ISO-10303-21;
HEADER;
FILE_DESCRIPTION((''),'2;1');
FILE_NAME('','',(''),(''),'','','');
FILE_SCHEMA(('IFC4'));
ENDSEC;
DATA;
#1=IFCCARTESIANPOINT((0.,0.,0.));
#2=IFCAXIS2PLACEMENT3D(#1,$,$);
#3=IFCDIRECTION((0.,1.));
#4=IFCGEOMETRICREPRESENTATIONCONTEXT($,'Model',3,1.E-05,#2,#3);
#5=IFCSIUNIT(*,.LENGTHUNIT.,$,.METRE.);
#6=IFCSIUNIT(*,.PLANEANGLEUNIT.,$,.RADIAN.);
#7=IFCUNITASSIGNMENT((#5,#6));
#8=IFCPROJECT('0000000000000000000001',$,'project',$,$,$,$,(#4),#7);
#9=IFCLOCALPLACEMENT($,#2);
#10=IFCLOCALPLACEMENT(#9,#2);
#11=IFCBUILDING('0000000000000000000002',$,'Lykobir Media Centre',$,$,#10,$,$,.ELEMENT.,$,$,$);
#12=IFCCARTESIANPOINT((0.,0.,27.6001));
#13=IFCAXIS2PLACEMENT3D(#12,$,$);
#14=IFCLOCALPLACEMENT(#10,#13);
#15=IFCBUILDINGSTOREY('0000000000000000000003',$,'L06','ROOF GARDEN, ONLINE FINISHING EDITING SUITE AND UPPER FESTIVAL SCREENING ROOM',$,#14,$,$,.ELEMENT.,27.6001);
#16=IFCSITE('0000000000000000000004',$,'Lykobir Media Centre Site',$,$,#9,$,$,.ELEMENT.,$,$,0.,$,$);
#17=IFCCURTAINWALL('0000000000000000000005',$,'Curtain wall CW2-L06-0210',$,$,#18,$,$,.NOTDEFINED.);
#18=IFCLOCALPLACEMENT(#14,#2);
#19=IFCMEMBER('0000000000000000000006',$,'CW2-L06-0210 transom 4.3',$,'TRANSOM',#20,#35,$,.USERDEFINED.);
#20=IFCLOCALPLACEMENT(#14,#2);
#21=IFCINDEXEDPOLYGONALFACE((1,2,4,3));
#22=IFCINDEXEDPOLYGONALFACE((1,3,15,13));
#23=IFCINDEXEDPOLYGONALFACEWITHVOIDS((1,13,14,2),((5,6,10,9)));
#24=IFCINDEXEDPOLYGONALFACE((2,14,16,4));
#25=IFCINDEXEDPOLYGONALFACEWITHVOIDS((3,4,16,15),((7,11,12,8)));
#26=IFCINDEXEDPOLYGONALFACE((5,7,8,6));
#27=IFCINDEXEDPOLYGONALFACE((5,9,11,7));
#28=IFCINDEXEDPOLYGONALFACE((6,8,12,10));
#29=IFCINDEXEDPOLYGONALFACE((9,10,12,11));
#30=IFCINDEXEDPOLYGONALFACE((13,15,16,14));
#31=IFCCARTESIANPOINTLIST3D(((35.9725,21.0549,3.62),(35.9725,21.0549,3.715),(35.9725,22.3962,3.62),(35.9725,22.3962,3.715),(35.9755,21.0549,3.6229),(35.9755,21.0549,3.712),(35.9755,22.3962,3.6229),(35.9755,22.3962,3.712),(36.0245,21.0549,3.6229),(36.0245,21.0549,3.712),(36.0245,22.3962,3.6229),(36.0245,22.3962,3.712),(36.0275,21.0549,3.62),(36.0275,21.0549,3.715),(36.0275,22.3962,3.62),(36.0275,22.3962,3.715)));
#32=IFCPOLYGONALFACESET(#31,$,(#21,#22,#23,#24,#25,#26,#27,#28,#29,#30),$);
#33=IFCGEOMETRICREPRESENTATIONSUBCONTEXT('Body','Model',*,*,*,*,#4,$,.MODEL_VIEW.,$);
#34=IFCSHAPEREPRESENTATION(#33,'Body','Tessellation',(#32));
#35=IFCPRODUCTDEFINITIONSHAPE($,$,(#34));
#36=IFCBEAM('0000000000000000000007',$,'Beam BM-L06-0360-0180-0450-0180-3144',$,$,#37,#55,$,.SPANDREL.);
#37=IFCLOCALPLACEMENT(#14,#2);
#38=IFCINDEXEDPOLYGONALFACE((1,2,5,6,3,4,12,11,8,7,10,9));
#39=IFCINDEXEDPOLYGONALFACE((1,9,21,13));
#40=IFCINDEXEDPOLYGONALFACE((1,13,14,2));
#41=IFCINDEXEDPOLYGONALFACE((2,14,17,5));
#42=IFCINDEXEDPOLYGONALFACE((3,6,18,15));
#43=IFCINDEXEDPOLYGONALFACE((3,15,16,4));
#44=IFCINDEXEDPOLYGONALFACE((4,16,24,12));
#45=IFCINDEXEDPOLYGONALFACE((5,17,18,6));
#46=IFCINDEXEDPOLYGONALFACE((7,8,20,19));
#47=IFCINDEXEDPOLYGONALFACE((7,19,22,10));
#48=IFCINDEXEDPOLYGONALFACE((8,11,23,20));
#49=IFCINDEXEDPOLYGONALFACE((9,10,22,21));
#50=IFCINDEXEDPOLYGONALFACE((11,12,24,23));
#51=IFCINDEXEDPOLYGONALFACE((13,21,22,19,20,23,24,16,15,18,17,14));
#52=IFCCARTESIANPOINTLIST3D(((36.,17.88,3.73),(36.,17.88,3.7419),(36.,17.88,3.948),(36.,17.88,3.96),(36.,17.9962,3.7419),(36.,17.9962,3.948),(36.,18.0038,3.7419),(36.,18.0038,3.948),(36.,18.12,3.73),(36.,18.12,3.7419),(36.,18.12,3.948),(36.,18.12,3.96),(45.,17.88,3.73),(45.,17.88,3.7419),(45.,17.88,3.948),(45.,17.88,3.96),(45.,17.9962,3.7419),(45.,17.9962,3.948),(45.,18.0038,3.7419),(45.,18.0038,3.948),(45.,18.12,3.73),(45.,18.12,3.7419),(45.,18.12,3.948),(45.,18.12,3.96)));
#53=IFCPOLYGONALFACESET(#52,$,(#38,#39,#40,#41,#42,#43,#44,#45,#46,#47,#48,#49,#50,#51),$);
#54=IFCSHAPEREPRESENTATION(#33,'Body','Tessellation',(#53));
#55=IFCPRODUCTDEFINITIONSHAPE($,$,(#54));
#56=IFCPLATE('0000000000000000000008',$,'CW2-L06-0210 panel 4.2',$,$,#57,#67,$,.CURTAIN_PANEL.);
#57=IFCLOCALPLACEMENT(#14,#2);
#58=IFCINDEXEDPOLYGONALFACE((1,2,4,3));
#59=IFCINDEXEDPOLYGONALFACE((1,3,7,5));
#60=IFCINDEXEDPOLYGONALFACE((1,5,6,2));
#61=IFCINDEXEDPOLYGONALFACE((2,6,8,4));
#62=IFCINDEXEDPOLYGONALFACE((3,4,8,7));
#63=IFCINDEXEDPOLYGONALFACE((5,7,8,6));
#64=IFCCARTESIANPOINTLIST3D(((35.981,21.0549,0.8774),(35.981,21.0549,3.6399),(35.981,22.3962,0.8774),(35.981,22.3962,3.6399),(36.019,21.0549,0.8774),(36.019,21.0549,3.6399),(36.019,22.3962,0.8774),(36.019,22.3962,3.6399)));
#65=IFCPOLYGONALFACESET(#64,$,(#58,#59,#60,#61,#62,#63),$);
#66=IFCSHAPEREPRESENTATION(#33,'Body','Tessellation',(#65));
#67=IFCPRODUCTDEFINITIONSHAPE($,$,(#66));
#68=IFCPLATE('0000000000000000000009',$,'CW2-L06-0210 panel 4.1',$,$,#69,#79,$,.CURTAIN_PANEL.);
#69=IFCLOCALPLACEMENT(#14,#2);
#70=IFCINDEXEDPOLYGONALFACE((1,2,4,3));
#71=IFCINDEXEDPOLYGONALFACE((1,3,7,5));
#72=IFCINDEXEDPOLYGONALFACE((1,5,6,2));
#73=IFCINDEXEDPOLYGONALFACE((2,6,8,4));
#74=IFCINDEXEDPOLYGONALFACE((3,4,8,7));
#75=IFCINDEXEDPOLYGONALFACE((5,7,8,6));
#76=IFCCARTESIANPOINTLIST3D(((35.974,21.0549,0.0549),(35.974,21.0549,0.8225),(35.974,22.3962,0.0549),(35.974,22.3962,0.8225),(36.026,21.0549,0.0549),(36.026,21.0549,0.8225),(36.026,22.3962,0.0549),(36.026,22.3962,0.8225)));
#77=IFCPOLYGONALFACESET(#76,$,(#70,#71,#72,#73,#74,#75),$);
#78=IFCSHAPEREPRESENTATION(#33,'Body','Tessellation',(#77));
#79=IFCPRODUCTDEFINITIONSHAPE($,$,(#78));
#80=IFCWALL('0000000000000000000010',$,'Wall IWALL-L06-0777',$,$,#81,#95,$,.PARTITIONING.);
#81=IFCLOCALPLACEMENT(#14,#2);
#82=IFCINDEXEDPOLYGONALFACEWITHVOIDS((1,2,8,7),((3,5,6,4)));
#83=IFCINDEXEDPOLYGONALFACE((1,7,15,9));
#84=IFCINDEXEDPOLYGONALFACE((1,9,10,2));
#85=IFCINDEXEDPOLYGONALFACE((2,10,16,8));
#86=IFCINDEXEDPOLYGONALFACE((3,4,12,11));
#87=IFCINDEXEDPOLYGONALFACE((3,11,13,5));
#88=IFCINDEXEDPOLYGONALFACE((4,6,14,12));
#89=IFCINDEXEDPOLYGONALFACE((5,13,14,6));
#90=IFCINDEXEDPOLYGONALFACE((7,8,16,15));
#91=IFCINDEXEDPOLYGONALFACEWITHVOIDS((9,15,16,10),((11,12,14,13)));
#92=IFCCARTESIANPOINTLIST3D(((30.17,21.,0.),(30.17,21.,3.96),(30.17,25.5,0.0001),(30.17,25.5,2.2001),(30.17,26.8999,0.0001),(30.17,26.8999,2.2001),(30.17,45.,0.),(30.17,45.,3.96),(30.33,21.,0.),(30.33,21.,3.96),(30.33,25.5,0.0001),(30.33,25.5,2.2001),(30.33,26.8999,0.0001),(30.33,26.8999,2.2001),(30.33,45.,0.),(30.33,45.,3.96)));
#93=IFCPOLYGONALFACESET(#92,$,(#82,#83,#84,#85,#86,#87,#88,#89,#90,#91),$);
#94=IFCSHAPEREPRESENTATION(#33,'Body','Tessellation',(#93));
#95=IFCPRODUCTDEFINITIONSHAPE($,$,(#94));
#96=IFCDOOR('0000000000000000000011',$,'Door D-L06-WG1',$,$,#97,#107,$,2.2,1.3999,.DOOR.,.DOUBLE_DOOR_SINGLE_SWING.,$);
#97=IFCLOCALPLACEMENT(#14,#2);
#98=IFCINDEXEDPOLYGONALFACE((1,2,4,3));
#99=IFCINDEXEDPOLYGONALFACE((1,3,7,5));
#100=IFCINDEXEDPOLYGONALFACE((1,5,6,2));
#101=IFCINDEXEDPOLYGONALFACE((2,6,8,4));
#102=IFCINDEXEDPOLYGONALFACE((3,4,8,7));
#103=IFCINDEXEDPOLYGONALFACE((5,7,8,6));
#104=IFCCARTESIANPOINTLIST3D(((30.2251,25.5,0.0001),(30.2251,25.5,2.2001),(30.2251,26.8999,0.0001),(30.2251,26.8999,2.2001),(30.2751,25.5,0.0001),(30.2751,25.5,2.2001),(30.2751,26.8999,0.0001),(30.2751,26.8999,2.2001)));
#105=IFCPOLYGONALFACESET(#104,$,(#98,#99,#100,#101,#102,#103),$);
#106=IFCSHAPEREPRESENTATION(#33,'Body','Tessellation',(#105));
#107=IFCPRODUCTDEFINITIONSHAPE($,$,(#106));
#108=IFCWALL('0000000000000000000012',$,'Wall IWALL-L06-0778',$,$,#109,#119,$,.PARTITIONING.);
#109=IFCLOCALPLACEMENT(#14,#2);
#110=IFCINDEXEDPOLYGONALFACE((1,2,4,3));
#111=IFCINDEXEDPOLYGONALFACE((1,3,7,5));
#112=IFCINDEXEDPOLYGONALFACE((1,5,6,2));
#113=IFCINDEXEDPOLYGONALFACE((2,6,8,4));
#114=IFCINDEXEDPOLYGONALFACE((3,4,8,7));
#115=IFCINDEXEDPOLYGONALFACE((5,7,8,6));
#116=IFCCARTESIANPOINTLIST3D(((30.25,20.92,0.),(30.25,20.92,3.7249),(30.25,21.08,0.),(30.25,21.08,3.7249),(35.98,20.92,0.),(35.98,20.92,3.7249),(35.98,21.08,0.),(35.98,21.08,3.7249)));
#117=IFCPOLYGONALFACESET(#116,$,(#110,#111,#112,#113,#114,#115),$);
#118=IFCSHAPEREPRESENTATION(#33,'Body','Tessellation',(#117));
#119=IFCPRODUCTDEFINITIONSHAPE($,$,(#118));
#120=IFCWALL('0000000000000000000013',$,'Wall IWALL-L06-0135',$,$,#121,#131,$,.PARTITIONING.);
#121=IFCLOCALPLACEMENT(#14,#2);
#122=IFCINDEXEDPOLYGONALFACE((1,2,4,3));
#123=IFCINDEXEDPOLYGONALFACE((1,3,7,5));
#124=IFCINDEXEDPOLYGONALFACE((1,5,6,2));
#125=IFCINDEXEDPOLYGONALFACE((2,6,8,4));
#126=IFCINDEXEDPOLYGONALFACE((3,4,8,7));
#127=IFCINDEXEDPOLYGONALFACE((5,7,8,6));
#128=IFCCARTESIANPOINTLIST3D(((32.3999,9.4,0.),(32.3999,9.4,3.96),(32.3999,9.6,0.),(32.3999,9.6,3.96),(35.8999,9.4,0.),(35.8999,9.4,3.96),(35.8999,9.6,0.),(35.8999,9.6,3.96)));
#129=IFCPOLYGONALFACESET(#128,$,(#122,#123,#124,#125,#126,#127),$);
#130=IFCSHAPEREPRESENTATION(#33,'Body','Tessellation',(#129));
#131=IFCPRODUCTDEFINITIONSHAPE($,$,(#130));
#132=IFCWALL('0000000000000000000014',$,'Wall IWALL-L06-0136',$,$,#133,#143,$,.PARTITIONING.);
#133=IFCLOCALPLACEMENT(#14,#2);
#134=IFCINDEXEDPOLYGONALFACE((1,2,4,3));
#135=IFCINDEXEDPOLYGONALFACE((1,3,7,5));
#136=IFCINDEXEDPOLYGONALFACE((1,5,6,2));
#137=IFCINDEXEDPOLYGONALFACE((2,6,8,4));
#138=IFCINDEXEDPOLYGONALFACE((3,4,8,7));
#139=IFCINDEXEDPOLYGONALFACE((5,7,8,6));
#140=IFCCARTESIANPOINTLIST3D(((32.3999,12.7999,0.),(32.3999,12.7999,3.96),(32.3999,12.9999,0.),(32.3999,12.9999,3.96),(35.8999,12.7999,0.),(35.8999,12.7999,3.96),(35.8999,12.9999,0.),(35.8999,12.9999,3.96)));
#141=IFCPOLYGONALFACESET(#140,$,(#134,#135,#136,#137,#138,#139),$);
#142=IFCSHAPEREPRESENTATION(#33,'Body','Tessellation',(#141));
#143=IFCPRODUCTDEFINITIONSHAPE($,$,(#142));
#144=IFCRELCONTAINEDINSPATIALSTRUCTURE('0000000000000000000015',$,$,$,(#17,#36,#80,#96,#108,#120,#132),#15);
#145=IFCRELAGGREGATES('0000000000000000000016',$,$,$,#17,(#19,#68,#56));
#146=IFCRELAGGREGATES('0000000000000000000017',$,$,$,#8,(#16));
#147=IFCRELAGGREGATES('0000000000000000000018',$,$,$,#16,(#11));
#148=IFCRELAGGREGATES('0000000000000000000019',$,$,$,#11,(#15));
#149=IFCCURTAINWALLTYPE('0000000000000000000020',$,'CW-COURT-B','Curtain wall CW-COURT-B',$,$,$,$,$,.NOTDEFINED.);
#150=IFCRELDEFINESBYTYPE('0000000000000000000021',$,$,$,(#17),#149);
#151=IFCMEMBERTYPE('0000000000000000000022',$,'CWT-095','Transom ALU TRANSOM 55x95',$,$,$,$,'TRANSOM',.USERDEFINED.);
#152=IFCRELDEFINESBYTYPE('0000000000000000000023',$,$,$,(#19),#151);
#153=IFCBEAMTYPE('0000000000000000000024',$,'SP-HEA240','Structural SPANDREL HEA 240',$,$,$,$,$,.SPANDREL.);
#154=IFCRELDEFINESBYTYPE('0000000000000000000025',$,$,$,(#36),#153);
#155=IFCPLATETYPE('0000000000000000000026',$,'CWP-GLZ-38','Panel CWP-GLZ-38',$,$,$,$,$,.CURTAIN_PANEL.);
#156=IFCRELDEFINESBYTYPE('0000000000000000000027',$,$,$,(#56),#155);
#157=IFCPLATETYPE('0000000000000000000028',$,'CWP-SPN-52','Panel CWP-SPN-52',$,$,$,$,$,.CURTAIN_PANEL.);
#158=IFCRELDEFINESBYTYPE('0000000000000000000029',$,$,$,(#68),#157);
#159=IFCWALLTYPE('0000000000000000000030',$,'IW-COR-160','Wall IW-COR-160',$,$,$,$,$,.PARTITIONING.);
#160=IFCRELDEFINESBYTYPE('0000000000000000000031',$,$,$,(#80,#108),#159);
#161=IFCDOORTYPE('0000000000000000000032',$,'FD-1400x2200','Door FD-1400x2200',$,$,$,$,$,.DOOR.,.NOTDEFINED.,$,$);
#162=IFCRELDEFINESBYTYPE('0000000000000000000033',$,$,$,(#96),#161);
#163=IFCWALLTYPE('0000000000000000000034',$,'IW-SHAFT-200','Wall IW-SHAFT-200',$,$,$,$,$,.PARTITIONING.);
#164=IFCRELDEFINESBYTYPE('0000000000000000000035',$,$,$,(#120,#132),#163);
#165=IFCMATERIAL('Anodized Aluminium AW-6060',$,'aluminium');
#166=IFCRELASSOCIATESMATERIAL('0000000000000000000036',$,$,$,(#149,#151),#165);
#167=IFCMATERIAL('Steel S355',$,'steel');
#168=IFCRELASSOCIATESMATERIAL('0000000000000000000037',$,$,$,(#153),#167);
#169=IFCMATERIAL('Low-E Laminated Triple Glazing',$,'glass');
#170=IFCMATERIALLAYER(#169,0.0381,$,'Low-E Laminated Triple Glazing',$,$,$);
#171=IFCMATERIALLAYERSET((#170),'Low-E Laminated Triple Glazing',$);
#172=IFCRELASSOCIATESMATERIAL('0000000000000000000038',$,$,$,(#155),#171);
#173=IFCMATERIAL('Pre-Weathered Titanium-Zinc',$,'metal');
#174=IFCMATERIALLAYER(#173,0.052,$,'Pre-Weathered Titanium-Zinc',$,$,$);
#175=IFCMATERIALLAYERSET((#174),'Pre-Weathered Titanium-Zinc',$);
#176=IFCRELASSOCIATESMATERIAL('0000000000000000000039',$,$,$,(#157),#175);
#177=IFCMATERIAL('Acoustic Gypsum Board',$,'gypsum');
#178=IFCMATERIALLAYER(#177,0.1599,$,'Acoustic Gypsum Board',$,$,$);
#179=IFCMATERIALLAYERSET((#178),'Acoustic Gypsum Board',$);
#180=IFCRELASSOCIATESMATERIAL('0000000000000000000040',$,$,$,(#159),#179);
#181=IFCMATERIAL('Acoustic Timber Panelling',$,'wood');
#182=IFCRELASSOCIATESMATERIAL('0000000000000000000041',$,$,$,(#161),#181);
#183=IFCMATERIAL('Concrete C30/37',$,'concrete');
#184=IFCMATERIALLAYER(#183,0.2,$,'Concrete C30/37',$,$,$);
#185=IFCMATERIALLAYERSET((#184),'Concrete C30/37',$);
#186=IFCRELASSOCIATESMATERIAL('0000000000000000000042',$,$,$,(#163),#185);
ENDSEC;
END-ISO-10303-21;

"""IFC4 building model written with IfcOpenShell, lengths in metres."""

from ifc_helpers import new_model, si_unit, direction, frame, frame_2d, origin, origin_2d, place, context, subcontext, project, spatial, rectangle, hollow_rectangle, i_section, extrude, material, layer, layer_set, material_profile, profile_set, type_object, element, fill, aggregate, save


model = new_model("IFC4")

# Units and contexts
model_context = context("Model", 3, precision=1e-05, world=origin(), true_north=direction((0.0, 1.0)))
body_context = subcontext(model_context, "Body", "Model", "MODEL_VIEW")
ifc_project = project(units=[si_unit("LENGTHUNIT", "METRE"), si_unit("PLANEANGLEUNIT", "RADIAN")], contexts=[model_context])

# Site, building, storey
site_placement = place(None, origin())
site = spatial("IfcSite", under=ifc_project, at=site_placement, Name="Lykobir Media Centre Site", CompositionType="ELEMENT", RefElevation=0.0)
building_placement = place(site_placement, origin())
building = spatial("IfcBuilding", under=site, at=building_placement, Name="Lykobir Media Centre", CompositionType="ELEMENT")
storey_placement = place(building_placement, frame((0.0, 0.0, 27.6001)))
storey = spatial("IfcBuildingStorey", under=building, at=storey_placement, Name="L06", Description="ROOF GARDEN, ONLINE FINISHING EDITING SUITE AND UPPER FESTIVAL SCREENING ROOM", CompositionType="ELEMENT", Elevation=27.6001)

# Shared definitions
ifc_material_1 = material(Name="Steel S355", Category="steel")

# Curtain wall, member
ifc_material_2 = material(Name="Anodized Aluminium AW-6060", Category="aluminium")
curtain_wall_type = type_object("IfcCurtainWallType", Name="CW-COURT-B", Description="Curtain wall CW-COURT-B", PredefinedType="NOTDEFINED", material=ifc_material_2)
curtain_wall_placement = place(storey_placement, origin())
curtain_wall = element("IfcCurtainWall", 1, at=curtain_wall_placement, inside=storey, type_object=curtain_wall_type, Name="Curtain wall CW2-L06-0210", PredefinedType="NOTDEFINED")
ifc_material_profile_1 = material_profile(ifc_material_2, hollow_rectangle(XDim=0.0549, YDim=0.095, WallThickness=0.0029, at=origin_2d()), Name="ALU TRANSOM 55x95")
ifc_profile_set_1 = profile_set([ifc_material_profile_1], Name="Anodized Aluminium AW-6060")
member_type_1 = type_object("IfcMemberType", Name="CWT-095", Description="Transom ALU TRANSOM 55x95", ElementType="TRANSOM", PredefinedType="USERDEFINED", material=ifc_profile_set_1)
member_1_placement = place(storey_placement, frame((36.0, 22.3962, 3.6675), z_axis=(0.0, -1.0, 0.0), x_axis=(1.0, 0.0, 0.0)))
member_1 = element("IfcMember", 2, at=member_1_placement, type_object=member_type_1, Name="CW2-L06-0210 transom 4.3", ObjectType="TRANSOM", PredefinedType="USERDEFINED", context=body_context, shape_type="SweptSolid", body=[
    extrude(hollow_rectangle(XDim=0.0549, YDim=0.095, WallThickness=0.0029, at=origin_2d()), origin(), (0.0, 0.0, 1.0), 1.3413),
])

# Beam
ifc_material_profile_2 = material_profile(ifc_material_1, i_section(OverallWidth=0.24, OverallDepth=0.23, WebThickness=0.0076, FlangeThickness=0.012, at=origin_2d()), Name="HEA 240")
ifc_profile_set_2 = profile_set([ifc_material_profile_2], Name="Steel S355")
beam_type_1 = type_object("IfcBeamType", Name="SP-HEA240", Description="Structural SPANDREL HEA 240", PredefinedType="SPANDREL", material=ifc_profile_set_2)
beam_1_placement = place(storey_placement, frame((36.0, 18.0, 3.845), z_axis=(1.0, 0.0, 0.0), x_axis=(0.0, 1.0, 0.0)))
element("IfcBeam", 3, at=beam_1_placement, inside=storey, type_object=beam_type_1, Name="Beam BM-L06-0360-0180-0450-0180-3144", PredefinedType="SPANDREL", context=body_context, shape_type="SweptSolid", body=[
    extrude(i_section(OverallWidth=0.24, OverallDepth=0.23, WebThickness=0.0076, FlangeThickness=0.012, at=origin_2d()), origin(), (0.0, 0.0, 1.0), 9.0),
])

# Plates
ifc_material_3 = material(Name="Low-E Laminated Triple Glazing", Category="glass")
ifc_layer_1 = layer(ifc_material_3, 0.0381, Name="Low-E Laminated Triple Glazing")
ifc_layer_set_1 = layer_set([ifc_layer_1], Name="Low-E Laminated Triple Glazing")
plate_type_1 = type_object("IfcPlateType", Name="CWP-GLZ-38", Description="Panel CWP-GLZ-38", PredefinedType="CURTAIN_PANEL", material=ifc_layer_set_1)
plate_1_placement = place(storey_placement, frame((36.0, 21.7256, 0.8774), z_axis=(0.0, 0.0, 1.0), x_axis=(0.0, -1.0, 0.0)))
plate_1 = element("IfcPlate", 4, at=plate_1_placement, type_object=plate_type_1, Name="CW2-L06-0210 panel 4.2", PredefinedType="CURTAIN_PANEL", context=body_context, shape_type="SweptSolid", body=[
    extrude(rectangle(XDim=1.3413, YDim=0.0381, at=origin_2d()), origin(), (0.0, 0.0, 1.0), 2.7625),
])
ifc_material_4 = material(Name="Pre-Weathered Titanium-Zinc", Category="metal")
ifc_layer_2 = layer(ifc_material_4, 0.052, Name="Pre-Weathered Titanium-Zinc")
ifc_layer_set_2 = layer_set([ifc_layer_2], Name="Pre-Weathered Titanium-Zinc")
plate_type_2 = type_object("IfcPlateType", Name="CWP-SPN-52", Description="Panel CWP-SPN-52", PredefinedType="CURTAIN_PANEL", material=ifc_layer_set_2)
plate_2_placement = place(storey_placement, frame((36.0, 21.7256, 0.0549), z_axis=(0.0, 0.0, 1.0), x_axis=(0.0, -1.0, 0.0)))
plate_2 = element("IfcPlate", 5, at=plate_2_placement, type_object=plate_type_2, Name="CW2-L06-0210 panel 4.1", PredefinedType="CURTAIN_PANEL", context=body_context, shape_type="SweptSolid", body=[
    extrude(rectangle(XDim=1.3413, YDim=0.052, at=origin_2d()), origin(), (0.0, 0.0, 1.0), 0.7676),
])
aggregate(curtain_wall, [member_1, plate_2, plate_1])

# Wall, opening, door
ifc_material_5 = material(Name="Acoustic Gypsum Board", Category="gypsum")
ifc_layer_3 = layer(ifc_material_5, 0.1599, Name="Acoustic Gypsum Board")
ifc_layer_set_3 = layer_set([ifc_layer_3], Name="Acoustic Gypsum Board")
wall_type_1 = type_object("IfcWallType", Name="IW-COR-160", Description="Wall IW-COR-160", PredefinedType="PARTITIONING", material=ifc_layer_set_3)
wall_1_placement = place(storey_placement, frame((30.25, 21.0, 0.0), z_axis=(0.0, 0.0, 1.0), x_axis=(0.0, 1.0, 0.0)))
wall_1 = element("IfcWall", 6, at=wall_1_placement, inside=storey, type_object=wall_type_1, Name="Wall IWALL-L06-0777", PredefinedType="PARTITIONING", context=body_context, shape_type="SweptSolid", body=[
    extrude(rectangle(XDim=24.0, YDim=0.1599, at=frame_2d((12.0, 0.0))), origin(), (0.0, 0.0, 1.0), 3.96),
])
opening_placement = place(wall_1_placement, frame((4.5, 0.0, 0.0)))
opening = element("IfcOpeningElement", 7, at=opening_placement, cuts=wall_1, PredefinedType="OPENING", context=body_context, shape_type="SweptSolid", body=[
    extrude(rectangle(XDim=1.3999, YDim=2.2, at=frame_2d((0.7, 1.1001))), frame((0.0, 0.0898, 0.0), z_axis=(0.0, -1.0, 0.0), x_axis=(1.0, 0.0, 0.0)), (0.0, 0.0, 1.0), 0.1799),
])
ifc_material_6 = material(Name="Acoustic Timber Panelling", Category="wood")
door_type = type_object("IfcDoorType", Name="FD-1400x2200", Description="Door FD-1400x2200", OperationType="NOTDEFINED", PredefinedType="DOOR", material=ifc_material_6)
door_placement = place(opening_placement, origin())
door = element("IfcDoor", 8, at=door_placement, inside=storey, type_object=door_type, Name="Door D-L06-WG1", OperationType="DOUBLE_DOOR_SINGLE_SWING", OverallHeight=2.2, OverallWidth=1.3999, PredefinedType="DOOR", context=body_context, shape_type="SweptSolid", body=[
    extrude(rectangle(XDim=1.3999, YDim=2.2, at=frame_2d((0.7, 1.1001))), frame((0.0, 0.0249, 0.0), z_axis=(0.0, -1.0, 0.0), x_axis=(1.0, 0.0, 0.0)), (0.0, 0.0, 1.0), 0.05),
])
fill(opening, door)

# Walls
wall_2_placement = place(storey_placement, frame((30.25, 21.0, 0.0), z_axis=(0.0, 0.0, 1.0), x_axis=(1.0, 0.0, 0.0)))
element("IfcWall", 9, at=wall_2_placement, inside=storey, type_object=wall_type_1, Name="Wall IWALL-L06-0778", PredefinedType="PARTITIONING", context=body_context, shape_type="SweptSolid", body=[
    extrude(rectangle(XDim=5.73, YDim=0.1599, at=frame_2d((2.865, 0.0))), origin(), (0.0, 0.0, 1.0), 3.7249),
])
ifc_material_7 = material(Name="Concrete C30/37", Category="concrete")
ifc_layer_4 = layer(ifc_material_7, 0.2, Name="Concrete C30/37")
ifc_layer_set_4 = layer_set([ifc_layer_4], Name="Concrete C30/37")
wall_type_2 = type_object("IfcWallType", Name="IW-SHAFT-200", Description="Wall IW-SHAFT-200", PredefinedType="PARTITIONING", material=ifc_layer_set_4)
for number, where, z_axis, x_axis, name in (
    (10, (32.3999, 9.5, 0.0), (0.0, 0.0, 1.0), (1.0, 0.0, 0.0), "Wall IWALL-L06-0135"),
    (11, (32.3999, 12.8999, 0.0), (0.0, 0.0, 1.0), (1.0, 0.0, 0.0), "Wall IWALL-L06-0136"),
):
    element("IfcWall", number, at=place(storey_placement, frame(where, z_axis=z_axis, x_axis=x_axis)), inside=storey, type_object=wall_type_2, Name=name, PredefinedType="PARTITIONING", context=body_context, shape_type="SweptSolid", body=[
        extrude(rectangle(XDim=3.5, YDim=0.2, at=frame_2d((1.75, 0.0))), origin(), (0.0, 0.0, 1.0), 3.96),
    ])

save(model, "model.ifc")
